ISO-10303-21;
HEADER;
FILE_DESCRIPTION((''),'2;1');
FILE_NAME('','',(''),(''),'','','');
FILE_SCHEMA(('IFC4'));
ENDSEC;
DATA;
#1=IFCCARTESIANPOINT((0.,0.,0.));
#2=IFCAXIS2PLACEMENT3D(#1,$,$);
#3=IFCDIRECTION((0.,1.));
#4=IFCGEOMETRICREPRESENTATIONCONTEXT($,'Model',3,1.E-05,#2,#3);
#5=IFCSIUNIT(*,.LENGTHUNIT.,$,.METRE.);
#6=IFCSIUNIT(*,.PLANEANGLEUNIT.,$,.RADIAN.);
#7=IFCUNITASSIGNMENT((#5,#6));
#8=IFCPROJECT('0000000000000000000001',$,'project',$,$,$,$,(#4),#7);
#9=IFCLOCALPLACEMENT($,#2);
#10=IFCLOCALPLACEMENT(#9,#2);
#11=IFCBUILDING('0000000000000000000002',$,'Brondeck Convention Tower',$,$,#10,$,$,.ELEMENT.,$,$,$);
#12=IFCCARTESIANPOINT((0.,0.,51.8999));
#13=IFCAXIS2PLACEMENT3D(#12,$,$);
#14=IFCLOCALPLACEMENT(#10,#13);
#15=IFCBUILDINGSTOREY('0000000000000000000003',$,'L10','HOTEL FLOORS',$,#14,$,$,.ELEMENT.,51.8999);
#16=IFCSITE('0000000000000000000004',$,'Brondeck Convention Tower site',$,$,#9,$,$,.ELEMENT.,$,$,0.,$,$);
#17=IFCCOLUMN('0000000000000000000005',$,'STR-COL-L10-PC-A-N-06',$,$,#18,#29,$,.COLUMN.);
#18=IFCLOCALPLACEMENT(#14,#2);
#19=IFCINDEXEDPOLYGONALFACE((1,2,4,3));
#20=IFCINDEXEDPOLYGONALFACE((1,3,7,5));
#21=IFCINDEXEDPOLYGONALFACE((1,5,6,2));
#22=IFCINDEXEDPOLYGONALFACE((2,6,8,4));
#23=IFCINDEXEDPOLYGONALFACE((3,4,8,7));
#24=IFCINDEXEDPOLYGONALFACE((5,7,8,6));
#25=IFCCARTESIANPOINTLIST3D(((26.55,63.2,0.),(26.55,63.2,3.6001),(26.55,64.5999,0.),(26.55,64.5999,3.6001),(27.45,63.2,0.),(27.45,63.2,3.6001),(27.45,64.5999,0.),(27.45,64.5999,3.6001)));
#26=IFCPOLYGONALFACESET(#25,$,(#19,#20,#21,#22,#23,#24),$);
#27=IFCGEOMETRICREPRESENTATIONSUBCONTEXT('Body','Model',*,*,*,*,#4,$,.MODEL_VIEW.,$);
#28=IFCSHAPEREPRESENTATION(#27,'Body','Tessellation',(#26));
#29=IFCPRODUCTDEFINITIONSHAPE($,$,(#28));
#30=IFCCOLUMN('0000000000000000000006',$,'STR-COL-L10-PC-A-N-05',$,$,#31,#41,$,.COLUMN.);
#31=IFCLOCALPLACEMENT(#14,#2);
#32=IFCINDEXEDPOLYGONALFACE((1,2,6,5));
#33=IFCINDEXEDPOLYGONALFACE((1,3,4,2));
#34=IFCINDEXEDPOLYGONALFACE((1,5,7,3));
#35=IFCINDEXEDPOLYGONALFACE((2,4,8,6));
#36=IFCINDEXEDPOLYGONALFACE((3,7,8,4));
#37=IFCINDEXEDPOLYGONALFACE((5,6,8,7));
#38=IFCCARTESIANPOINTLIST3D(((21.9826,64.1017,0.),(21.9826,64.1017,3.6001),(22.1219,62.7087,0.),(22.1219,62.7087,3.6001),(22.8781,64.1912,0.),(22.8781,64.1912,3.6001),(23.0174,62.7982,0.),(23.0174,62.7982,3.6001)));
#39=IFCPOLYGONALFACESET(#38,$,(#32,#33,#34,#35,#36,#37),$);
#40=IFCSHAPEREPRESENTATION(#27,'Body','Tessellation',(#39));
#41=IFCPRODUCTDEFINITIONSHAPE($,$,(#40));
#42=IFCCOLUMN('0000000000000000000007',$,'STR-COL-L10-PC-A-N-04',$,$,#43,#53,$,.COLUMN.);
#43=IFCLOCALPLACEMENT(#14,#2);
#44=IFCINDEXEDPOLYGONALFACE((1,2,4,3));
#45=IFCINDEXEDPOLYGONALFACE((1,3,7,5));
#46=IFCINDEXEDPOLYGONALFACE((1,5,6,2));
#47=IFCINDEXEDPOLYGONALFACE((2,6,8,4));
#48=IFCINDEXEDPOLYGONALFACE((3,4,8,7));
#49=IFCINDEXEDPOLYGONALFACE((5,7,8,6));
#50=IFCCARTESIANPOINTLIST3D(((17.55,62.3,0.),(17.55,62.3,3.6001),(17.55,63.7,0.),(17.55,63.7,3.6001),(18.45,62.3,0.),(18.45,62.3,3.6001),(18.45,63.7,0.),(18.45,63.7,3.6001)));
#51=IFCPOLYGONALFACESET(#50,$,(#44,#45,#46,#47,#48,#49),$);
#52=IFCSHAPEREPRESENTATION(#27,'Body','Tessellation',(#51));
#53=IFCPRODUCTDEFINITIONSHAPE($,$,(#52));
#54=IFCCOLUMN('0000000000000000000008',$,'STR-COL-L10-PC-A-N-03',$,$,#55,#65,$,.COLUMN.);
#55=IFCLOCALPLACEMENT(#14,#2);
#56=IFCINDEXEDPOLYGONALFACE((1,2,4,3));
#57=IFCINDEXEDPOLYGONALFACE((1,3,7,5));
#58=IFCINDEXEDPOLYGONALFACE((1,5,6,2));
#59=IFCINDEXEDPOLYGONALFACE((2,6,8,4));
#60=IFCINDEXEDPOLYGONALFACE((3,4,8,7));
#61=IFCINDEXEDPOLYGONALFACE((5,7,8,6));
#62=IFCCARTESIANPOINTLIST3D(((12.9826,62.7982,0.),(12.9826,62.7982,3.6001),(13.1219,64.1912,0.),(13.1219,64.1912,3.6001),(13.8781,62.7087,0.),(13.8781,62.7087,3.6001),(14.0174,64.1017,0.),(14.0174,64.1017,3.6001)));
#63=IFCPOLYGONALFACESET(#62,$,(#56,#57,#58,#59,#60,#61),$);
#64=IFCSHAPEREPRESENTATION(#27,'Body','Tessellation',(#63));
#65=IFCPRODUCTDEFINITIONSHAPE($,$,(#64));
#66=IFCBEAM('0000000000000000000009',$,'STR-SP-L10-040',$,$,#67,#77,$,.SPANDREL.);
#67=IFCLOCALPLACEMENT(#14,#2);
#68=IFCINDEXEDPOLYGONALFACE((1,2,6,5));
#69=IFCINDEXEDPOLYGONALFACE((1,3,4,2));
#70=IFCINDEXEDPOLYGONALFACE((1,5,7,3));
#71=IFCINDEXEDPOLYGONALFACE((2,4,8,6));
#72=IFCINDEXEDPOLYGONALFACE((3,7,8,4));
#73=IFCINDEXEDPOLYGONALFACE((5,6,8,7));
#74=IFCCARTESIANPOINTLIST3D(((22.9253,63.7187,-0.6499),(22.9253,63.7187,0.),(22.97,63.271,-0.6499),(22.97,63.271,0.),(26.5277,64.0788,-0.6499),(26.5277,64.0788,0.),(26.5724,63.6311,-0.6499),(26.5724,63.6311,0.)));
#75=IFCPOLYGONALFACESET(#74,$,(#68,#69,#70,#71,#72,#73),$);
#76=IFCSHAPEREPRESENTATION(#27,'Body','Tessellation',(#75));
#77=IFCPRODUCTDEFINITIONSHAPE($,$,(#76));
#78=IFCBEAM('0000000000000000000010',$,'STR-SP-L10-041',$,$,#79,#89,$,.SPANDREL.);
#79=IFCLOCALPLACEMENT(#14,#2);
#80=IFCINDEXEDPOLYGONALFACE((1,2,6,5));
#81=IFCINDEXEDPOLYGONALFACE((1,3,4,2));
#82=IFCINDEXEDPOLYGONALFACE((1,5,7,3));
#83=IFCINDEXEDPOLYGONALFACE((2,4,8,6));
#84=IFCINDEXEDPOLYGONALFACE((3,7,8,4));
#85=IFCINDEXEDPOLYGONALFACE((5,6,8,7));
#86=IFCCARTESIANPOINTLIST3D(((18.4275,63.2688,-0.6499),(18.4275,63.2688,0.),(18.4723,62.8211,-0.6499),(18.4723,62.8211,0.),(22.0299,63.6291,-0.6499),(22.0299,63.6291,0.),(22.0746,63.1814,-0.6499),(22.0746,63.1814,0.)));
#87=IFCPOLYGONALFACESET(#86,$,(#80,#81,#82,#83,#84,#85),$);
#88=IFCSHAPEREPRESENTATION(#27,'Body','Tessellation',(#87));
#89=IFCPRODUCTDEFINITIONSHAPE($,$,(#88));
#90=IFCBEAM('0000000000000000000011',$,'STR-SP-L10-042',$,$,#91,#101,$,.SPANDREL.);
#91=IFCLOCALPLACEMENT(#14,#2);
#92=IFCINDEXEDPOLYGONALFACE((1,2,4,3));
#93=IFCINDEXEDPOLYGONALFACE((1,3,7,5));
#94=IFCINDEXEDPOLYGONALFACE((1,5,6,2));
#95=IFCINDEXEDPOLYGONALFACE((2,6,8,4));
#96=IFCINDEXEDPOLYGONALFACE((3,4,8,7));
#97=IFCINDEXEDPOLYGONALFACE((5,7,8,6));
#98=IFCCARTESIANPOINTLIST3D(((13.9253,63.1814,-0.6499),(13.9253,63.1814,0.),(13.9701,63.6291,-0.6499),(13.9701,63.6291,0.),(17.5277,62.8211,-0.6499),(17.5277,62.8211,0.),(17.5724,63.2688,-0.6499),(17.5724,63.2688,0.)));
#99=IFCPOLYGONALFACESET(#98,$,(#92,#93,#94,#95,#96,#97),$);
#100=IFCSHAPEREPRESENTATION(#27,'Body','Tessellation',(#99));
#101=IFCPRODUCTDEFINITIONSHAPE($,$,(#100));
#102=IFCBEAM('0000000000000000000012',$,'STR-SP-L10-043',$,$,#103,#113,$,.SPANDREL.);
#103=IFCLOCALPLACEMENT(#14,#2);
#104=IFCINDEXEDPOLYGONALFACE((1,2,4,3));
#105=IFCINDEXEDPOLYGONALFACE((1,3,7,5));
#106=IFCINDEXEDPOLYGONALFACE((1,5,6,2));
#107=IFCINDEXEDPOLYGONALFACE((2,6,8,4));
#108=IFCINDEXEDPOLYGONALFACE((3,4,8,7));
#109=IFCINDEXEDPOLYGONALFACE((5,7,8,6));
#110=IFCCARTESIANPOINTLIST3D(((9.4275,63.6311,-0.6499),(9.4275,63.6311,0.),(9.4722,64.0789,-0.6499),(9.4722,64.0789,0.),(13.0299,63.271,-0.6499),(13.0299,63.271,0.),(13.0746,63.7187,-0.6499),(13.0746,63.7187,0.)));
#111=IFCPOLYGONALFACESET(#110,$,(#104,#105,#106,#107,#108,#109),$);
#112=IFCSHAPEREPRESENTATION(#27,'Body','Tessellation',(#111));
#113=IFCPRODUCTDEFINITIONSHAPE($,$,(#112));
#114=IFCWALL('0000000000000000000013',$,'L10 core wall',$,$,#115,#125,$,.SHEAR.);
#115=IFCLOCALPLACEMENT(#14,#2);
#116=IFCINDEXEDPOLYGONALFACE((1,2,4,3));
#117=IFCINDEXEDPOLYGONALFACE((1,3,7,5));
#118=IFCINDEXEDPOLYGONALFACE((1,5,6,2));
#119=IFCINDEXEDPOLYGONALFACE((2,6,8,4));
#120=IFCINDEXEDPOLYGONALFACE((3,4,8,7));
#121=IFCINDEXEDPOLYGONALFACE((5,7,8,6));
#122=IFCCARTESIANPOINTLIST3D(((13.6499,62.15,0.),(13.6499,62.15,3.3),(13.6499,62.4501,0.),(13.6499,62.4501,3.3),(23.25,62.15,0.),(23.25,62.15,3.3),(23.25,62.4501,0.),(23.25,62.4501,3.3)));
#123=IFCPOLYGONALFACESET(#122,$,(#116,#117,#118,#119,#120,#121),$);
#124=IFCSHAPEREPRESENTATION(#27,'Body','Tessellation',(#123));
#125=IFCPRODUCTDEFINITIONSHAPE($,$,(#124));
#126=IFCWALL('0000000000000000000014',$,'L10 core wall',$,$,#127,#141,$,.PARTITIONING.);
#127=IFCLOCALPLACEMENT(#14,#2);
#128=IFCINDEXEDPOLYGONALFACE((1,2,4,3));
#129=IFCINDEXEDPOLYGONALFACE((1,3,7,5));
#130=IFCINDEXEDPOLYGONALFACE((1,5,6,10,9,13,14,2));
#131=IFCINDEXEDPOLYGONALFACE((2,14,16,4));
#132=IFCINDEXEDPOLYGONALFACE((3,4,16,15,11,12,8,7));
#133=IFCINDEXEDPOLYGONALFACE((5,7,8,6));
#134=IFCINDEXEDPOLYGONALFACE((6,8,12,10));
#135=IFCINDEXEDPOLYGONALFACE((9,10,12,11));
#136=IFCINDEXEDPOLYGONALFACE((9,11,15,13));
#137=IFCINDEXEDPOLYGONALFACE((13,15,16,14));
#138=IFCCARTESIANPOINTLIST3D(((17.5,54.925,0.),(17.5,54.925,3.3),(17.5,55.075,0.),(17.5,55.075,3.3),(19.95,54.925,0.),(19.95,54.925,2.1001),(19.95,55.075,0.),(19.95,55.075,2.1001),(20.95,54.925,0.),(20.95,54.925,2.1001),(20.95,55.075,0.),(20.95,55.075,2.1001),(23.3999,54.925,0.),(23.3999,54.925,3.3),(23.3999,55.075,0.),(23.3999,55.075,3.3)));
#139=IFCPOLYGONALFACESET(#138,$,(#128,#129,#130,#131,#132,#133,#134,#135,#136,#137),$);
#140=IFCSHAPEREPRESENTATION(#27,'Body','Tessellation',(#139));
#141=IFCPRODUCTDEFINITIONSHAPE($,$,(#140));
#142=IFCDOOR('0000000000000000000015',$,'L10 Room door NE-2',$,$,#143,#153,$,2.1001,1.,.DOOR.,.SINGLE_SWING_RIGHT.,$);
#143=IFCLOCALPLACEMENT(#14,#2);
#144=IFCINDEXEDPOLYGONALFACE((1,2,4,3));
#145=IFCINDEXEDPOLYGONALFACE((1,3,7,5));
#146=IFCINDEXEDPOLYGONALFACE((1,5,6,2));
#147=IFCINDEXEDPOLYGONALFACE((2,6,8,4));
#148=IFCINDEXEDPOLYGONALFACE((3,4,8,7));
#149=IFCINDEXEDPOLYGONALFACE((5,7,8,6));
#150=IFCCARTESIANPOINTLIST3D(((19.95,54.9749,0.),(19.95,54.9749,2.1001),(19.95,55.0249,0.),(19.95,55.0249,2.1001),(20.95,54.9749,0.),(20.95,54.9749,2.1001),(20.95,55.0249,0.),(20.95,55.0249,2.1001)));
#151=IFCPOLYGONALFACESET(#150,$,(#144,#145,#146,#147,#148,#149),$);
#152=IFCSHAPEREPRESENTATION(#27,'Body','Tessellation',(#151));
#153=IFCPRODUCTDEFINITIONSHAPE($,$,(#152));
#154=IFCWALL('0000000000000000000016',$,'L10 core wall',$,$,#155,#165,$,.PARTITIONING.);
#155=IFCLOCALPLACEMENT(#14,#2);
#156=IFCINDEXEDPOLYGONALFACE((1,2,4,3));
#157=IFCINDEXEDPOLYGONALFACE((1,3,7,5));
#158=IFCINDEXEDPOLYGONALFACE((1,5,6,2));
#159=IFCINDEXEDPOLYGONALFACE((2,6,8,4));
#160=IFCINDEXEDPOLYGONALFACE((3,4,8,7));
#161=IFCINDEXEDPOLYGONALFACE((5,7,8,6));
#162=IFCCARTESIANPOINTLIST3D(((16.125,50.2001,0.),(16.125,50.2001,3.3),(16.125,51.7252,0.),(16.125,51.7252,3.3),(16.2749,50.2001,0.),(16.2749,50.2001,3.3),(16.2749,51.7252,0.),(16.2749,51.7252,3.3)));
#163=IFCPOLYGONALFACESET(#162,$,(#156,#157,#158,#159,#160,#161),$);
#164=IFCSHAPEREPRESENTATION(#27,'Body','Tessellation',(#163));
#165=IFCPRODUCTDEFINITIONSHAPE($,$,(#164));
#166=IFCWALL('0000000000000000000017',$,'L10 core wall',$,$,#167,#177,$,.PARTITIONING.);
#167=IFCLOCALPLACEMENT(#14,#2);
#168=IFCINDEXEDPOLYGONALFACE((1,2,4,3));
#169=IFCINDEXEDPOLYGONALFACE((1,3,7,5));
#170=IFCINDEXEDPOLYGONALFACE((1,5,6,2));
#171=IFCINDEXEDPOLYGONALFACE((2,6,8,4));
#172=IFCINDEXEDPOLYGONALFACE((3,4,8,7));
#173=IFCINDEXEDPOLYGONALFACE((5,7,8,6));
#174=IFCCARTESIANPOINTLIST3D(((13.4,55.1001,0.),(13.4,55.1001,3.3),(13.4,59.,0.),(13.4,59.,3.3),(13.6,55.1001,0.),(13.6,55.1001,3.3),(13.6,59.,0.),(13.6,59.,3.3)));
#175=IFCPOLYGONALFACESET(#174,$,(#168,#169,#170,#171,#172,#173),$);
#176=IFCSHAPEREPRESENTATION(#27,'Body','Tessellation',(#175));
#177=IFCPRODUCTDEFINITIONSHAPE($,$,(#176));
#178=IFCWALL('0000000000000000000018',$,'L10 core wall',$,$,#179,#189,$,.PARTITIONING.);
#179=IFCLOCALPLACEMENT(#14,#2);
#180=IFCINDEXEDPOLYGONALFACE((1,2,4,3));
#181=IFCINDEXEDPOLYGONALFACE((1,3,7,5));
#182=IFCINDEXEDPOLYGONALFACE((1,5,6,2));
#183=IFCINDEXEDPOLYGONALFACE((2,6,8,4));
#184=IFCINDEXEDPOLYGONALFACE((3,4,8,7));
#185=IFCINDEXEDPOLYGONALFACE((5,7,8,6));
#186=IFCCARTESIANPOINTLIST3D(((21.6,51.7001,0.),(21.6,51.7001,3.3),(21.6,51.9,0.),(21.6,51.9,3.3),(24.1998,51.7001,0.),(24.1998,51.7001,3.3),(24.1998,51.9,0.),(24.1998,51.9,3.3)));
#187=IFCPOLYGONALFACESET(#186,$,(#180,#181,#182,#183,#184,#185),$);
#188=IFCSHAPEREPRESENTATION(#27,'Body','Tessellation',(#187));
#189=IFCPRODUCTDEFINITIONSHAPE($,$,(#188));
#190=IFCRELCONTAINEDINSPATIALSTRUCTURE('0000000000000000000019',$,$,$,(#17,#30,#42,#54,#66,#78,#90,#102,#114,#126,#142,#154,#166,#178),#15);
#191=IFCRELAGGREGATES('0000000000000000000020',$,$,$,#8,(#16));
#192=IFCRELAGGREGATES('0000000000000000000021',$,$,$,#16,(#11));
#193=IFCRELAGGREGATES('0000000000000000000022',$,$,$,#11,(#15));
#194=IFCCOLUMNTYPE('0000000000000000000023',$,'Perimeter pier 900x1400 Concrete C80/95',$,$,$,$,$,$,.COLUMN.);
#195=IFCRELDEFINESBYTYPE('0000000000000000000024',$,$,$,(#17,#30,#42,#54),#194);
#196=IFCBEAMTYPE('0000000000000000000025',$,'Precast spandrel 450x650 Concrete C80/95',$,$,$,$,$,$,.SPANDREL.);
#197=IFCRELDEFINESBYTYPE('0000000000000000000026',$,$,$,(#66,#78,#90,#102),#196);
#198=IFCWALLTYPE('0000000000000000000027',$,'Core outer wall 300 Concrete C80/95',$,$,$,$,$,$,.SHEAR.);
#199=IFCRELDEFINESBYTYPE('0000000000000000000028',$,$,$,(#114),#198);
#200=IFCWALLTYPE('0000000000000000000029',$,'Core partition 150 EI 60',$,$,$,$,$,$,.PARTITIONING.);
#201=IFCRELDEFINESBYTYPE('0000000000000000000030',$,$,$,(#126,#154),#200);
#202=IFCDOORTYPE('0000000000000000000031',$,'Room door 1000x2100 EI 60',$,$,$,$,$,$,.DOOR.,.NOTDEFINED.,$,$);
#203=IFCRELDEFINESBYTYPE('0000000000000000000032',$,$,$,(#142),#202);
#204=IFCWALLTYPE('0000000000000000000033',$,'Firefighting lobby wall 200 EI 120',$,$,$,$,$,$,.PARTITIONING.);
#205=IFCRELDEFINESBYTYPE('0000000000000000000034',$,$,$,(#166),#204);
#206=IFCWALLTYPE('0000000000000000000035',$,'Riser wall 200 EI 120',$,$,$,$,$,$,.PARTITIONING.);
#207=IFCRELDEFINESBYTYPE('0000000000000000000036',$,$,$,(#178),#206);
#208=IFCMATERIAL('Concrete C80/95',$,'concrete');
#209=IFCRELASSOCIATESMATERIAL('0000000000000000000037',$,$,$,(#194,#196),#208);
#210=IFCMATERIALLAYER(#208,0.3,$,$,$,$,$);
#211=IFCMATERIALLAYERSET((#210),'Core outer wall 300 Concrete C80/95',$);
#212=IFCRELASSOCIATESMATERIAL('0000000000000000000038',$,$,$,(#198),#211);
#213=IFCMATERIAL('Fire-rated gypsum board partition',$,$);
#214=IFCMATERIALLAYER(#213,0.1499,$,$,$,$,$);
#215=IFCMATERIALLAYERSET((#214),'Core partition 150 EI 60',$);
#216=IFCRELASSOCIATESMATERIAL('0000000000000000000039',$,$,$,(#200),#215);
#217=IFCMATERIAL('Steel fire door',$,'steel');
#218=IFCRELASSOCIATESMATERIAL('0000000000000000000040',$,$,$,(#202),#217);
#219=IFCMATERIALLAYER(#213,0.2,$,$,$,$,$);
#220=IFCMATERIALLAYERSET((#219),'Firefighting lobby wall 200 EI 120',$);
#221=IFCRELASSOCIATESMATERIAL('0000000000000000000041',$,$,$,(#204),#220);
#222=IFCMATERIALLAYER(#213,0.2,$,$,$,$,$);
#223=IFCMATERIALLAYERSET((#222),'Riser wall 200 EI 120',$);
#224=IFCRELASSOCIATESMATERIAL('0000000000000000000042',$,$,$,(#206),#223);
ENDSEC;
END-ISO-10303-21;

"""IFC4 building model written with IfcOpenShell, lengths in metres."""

from ifc_helpers import new_model, si_unit, direction, frame, frame_2d, origin, origin_2d, place, context, subcontext, project, spatial, rectangle, extrude, material, layer, layer_set, material_profile, profile_set, type_object, element, fill, save


model = new_model("IFC4")

# Units and contexts
model_context = context("Model", 3, precision=1e-05, world=origin(), true_north=direction((0.0, 1.0)))
body_context = subcontext(model_context, "Body", "Model", "MODEL_VIEW")
ifc_project = project(units=[si_unit("LENGTHUNIT", "METRE"), si_unit("PLANEANGLEUNIT", "RADIAN")], contexts=[model_context])

# Site, building, storey
site_placement = place(None, origin())
site = spatial("IfcSite", under=ifc_project, at=site_placement, Name="Brondeck Convention Tower site", CompositionType="ELEMENT", RefElevation=0.0)
building_placement = place(site_placement, origin())
building = spatial("IfcBuilding", under=site, at=building_placement, Name="Brondeck Convention Tower", CompositionType="ELEMENT")
storey_placement = place(building_placement, frame((0.0, 0.0, 51.8999)))
storey = spatial("IfcBuildingStorey", under=building, at=storey_placement, Name="L10", Description="HOTEL FLOORS", CompositionType="ELEMENT", Elevation=51.8999)

# Columns
ifc_material_1 = material(Name="Concrete C80/95", Category="concrete")
ifc_material_profile_1 = material_profile(ifc_material_1, rectangle(XDim=0.8999, YDim=1.3999, at=origin_2d()), Name="Perimeter pier 900x1400 Concrete C80/95")
ifc_profile_set_1 = profile_set([ifc_material_profile_1], Name="Concrete C80/95")
column_type = type_object("IfcColumnType", Name="Perimeter pier 900x1400 Concrete C80/95", PredefinedType="COLUMN", material=ifc_profile_set_1)
for number, where, z_axis, x_axis, name in (
    (1, (27.0, 63.8999, 0.0), (0.0, 0.0, 1.0), (-1.0, 0.0, 0.0), "STR-COL-L10-PC-A-N-06"),
    (2, (22.5, 63.45, 0.0), (0.0, 0.0, 1.0), (-0.995037, -0.099504, 0.0), "STR-COL-L10-PC-A-N-05"),
    (3, (18.0, 63.0, 0.0), (0.0, 0.0, 1.0), (-1.0, 0.0, 0.0), "STR-COL-L10-PC-A-N-04"),
    (4, (13.5, 63.45, 0.0), (0.0, 0.0, 1.0), (-0.995037, 0.099504, 0.0), "STR-COL-L10-PC-A-N-03"),
):
    element("IfcColumn", number, at=place(storey_placement, frame(where, z_axis=z_axis, x_axis=x_axis)), inside=storey, type_object=column_type, Name=name, PredefinedType="COLUMN", context=body_context, shape_type="SweptSolid", body=[
        extrude(rectangle(XDim=0.8999, YDim=1.3999, at=origin_2d()), origin(), (0.0, 0.0, 1.0), 3.6001),
    ])

# Beams
ifc_material_profile_2 = material_profile(ifc_material_1, rectangle(XDim=0.45, YDim=0.6499, at=origin_2d()), Name="Precast spandrel 450x650 Concrete C80/95")
ifc_profile_set_2 = profile_set([ifc_material_profile_2], Name="Concrete C80/95")
beam_type = type_object("IfcBeamType", Name="Precast spandrel 450x650 Concrete C80/95", PredefinedType="SPANDREL", material=ifc_profile_set_2)
for number, where, z_axis, x_axis, name in (
    (5, (26.55, 63.855, -0.325), (-0.995041, -0.09947, 0.0), (0.09947, -0.995041, 0.0), "STR-SP-L10-040"),
    (6, (22.0522, 63.4053, -0.325), (-0.995034, -0.099537, 0.0), (0.099537, -0.995034, 0.0), "STR-SP-L10-041"),
    (7, (17.55, 63.0449, -0.325), (-0.995034, 0.099537, 0.0), (-0.099537, -0.995034, 0.0), "STR-SP-L10-042"),
    (8, (13.0522, 63.4949, -0.325), (-0.995041, 0.09947, 0.0), (-0.09947, -0.995041, 0.0), "STR-SP-L10-043"),
):
    element("IfcBeam", number, at=place(storey_placement, frame(where, z_axis=z_axis, x_axis=x_axis)), inside=storey, type_object=beam_type, Name=name, PredefinedType="SPANDREL", context=body_context, shape_type="SweptSolid", body=[
        extrude(rectangle(XDim=0.45, YDim=0.6499, at=origin_2d()), origin(), (0.0, 0.0, 1.0), 3.6204),
    ])

# Wall
ifc_layer_1 = layer(ifc_material_1, 0.3)
ifc_layer_set_1 = layer_set([ifc_layer_1], Name="Core outer wall 300 Concrete C80/95")
wall_type_1 = type_object("IfcWallType", Name="Core outer wall 300 Concrete C80/95", PredefinedType="SHEAR", material=ifc_layer_set_1)
wall_1_placement = place(storey_placement, frame((13.6499, 62.3, 0.0), z_axis=(0.0, 0.0, 1.0), x_axis=(1.0, 0.0, 0.0)))
element("IfcWall", 9, at=wall_1_placement, inside=storey, type_object=wall_type_1, Name="L10 core wall", PredefinedType="SHEAR", context=body_context, shape_type="SweptSolid", body=[
    extrude(rectangle(XDim=9.6001, YDim=0.3, at=frame_2d((4.8, 0.0))), origin(), (0.0, 0.0, 1.0), 3.3),
])

# Wall, opening, door
ifc_material_2 = material(Name="Fire-rated gypsum board partition")
ifc_layer_2 = layer(ifc_material_2, 0.1499)
ifc_layer_set_2 = layer_set([ifc_layer_2], Name="Core partition 150 EI 60")
wall_type_2 = type_object("IfcWallType", Name="Core partition 150 EI 60", PredefinedType="PARTITIONING", material=ifc_layer_set_2)
wall_2_placement = place(storey_placement, frame((17.5, 55.0, 0.0), z_axis=(0.0, 0.0, 1.0), x_axis=(1.0, 0.0, 0.0)))
wall_2 = element("IfcWall", 10, at=wall_2_placement, inside=storey, type_object=wall_type_2, Name="L10 core wall", PredefinedType="PARTITIONING", context=body_context, shape_type="SweptSolid", body=[
    extrude(rectangle(XDim=5.8999, YDim=0.1499, at=frame_2d((2.95, 0.0))), origin(), (0.0, 0.0, 1.0), 3.3),
])
opening_1_placement = place(wall_2_placement, frame((2.45, 0.0, 0.0)))
opening_1 = element("IfcOpeningElement", 11, at=opening_1_placement, cuts=wall_2, PredefinedType="OPENING", context=body_context, shape_type="SweptSolid", body=[
    extrude(rectangle(XDim=1.0, YDim=2.1001, at=frame_2d((0.5, 1.05))), frame((0.0, 0.085, 0.0), z_axis=(0.0, -1.0, 0.0), x_axis=(1.0, 0.0, 0.0)), (0.0, 0.0, 1.0), 0.1699),
])
ifc_material_3 = material(Name="Steel fire door", Category="steel")
door_type_1 = type_object("IfcDoorType", Name="Room door 1000x2100 EI 60", OperationType="NOTDEFINED", PredefinedType="DOOR", material=ifc_material_3)
door_1_placement = place(opening_1_placement, origin())
door_1 = element("IfcDoor", 12, at=door_1_placement, inside=storey, type_object=door_type_1, Name="L10 Room door NE-2", OperationType="SINGLE_SWING_RIGHT", OverallHeight=2.1001, OverallWidth=1.0, PredefinedType="DOOR", context=body_context, shape_type="SweptSolid", body=[
    extrude(rectangle(XDim=1.0, YDim=2.1001, at=frame_2d((0.5, 1.05))), frame((0.0, 0.0249, 0.0), z_axis=(0.0, -1.0, 0.0), x_axis=(1.0, 0.0, 0.0)), (0.0, 0.0, 1.0), 0.05),
])
fill(opening_1, door_1)

# Walls
wall_3_placement = place(storey_placement, frame((16.2, 50.2, 0.0), z_axis=(0.0, 0.0, 1.0), x_axis=(0.0, 1.0, 0.0)))
element("IfcWall", 13, at=wall_3_placement, inside=storey, type_object=wall_type_2, Name="L10 core wall", PredefinedType="PARTITIONING", context=body_context, shape_type="SweptSolid", body=[
    extrude(rectangle(XDim=1.5251, YDim=0.1499, at=frame_2d((0.7627, 0.0))), origin(), (0.0, 0.0, 1.0), 3.3),
])
ifc_layer_3 = layer(ifc_material_2, 0.2)
ifc_layer_set_3 = layer_set([ifc_layer_3], Name="Firefighting lobby wall 200 EI 120")
wall_type_3 = type_object("IfcWallType", Name="Firefighting lobby wall 200 EI 120", PredefinedType="PARTITIONING", material=ifc_layer_set_3)
wall_4_placement = place(storey_placement, frame((13.5, 55.1001, 0.0), z_axis=(0.0, 0.0, 1.0), x_axis=(0.0, 1.0, 0.0)))
element("IfcWall", 14, at=wall_4_placement, inside=storey, type_object=wall_type_3, Name="L10 core wall", PredefinedType="PARTITIONING", context=body_context, shape_type="SweptSolid", body=[
    extrude(rectangle(XDim=3.8999, YDim=0.2, at=frame_2d((1.95, 0.0))), origin(), (0.0, 0.0, 1.0), 3.3),
])
ifc_layer_4 = layer(ifc_material_2, 0.2)
ifc_layer_set_4 = layer_set([ifc_layer_4], Name="Riser wall 200 EI 120")
wall_type_4 = type_object("IfcWallType", Name="Riser wall 200 EI 120", PredefinedType="PARTITIONING", material=ifc_layer_set_4)
wall_5_placement = place(storey_placement, frame((21.6001, 51.8, 0.0), z_axis=(0.0, 0.0, 1.0), x_axis=(1.0, 0.0, 0.0)))
element("IfcWall", 15, at=wall_5_placement, inside=storey, type_object=wall_type_4, Name="L10 core wall", PredefinedType="PARTITIONING", context=body_context, shape_type="SweptSolid", body=[
    extrude(rectangle(XDim=2.5999, YDim=0.2, at=frame_2d((1.2998, 0.0))), origin(), (0.0, 0.0, 1.0), 3.3),
])

save(model, "model.ifc")
